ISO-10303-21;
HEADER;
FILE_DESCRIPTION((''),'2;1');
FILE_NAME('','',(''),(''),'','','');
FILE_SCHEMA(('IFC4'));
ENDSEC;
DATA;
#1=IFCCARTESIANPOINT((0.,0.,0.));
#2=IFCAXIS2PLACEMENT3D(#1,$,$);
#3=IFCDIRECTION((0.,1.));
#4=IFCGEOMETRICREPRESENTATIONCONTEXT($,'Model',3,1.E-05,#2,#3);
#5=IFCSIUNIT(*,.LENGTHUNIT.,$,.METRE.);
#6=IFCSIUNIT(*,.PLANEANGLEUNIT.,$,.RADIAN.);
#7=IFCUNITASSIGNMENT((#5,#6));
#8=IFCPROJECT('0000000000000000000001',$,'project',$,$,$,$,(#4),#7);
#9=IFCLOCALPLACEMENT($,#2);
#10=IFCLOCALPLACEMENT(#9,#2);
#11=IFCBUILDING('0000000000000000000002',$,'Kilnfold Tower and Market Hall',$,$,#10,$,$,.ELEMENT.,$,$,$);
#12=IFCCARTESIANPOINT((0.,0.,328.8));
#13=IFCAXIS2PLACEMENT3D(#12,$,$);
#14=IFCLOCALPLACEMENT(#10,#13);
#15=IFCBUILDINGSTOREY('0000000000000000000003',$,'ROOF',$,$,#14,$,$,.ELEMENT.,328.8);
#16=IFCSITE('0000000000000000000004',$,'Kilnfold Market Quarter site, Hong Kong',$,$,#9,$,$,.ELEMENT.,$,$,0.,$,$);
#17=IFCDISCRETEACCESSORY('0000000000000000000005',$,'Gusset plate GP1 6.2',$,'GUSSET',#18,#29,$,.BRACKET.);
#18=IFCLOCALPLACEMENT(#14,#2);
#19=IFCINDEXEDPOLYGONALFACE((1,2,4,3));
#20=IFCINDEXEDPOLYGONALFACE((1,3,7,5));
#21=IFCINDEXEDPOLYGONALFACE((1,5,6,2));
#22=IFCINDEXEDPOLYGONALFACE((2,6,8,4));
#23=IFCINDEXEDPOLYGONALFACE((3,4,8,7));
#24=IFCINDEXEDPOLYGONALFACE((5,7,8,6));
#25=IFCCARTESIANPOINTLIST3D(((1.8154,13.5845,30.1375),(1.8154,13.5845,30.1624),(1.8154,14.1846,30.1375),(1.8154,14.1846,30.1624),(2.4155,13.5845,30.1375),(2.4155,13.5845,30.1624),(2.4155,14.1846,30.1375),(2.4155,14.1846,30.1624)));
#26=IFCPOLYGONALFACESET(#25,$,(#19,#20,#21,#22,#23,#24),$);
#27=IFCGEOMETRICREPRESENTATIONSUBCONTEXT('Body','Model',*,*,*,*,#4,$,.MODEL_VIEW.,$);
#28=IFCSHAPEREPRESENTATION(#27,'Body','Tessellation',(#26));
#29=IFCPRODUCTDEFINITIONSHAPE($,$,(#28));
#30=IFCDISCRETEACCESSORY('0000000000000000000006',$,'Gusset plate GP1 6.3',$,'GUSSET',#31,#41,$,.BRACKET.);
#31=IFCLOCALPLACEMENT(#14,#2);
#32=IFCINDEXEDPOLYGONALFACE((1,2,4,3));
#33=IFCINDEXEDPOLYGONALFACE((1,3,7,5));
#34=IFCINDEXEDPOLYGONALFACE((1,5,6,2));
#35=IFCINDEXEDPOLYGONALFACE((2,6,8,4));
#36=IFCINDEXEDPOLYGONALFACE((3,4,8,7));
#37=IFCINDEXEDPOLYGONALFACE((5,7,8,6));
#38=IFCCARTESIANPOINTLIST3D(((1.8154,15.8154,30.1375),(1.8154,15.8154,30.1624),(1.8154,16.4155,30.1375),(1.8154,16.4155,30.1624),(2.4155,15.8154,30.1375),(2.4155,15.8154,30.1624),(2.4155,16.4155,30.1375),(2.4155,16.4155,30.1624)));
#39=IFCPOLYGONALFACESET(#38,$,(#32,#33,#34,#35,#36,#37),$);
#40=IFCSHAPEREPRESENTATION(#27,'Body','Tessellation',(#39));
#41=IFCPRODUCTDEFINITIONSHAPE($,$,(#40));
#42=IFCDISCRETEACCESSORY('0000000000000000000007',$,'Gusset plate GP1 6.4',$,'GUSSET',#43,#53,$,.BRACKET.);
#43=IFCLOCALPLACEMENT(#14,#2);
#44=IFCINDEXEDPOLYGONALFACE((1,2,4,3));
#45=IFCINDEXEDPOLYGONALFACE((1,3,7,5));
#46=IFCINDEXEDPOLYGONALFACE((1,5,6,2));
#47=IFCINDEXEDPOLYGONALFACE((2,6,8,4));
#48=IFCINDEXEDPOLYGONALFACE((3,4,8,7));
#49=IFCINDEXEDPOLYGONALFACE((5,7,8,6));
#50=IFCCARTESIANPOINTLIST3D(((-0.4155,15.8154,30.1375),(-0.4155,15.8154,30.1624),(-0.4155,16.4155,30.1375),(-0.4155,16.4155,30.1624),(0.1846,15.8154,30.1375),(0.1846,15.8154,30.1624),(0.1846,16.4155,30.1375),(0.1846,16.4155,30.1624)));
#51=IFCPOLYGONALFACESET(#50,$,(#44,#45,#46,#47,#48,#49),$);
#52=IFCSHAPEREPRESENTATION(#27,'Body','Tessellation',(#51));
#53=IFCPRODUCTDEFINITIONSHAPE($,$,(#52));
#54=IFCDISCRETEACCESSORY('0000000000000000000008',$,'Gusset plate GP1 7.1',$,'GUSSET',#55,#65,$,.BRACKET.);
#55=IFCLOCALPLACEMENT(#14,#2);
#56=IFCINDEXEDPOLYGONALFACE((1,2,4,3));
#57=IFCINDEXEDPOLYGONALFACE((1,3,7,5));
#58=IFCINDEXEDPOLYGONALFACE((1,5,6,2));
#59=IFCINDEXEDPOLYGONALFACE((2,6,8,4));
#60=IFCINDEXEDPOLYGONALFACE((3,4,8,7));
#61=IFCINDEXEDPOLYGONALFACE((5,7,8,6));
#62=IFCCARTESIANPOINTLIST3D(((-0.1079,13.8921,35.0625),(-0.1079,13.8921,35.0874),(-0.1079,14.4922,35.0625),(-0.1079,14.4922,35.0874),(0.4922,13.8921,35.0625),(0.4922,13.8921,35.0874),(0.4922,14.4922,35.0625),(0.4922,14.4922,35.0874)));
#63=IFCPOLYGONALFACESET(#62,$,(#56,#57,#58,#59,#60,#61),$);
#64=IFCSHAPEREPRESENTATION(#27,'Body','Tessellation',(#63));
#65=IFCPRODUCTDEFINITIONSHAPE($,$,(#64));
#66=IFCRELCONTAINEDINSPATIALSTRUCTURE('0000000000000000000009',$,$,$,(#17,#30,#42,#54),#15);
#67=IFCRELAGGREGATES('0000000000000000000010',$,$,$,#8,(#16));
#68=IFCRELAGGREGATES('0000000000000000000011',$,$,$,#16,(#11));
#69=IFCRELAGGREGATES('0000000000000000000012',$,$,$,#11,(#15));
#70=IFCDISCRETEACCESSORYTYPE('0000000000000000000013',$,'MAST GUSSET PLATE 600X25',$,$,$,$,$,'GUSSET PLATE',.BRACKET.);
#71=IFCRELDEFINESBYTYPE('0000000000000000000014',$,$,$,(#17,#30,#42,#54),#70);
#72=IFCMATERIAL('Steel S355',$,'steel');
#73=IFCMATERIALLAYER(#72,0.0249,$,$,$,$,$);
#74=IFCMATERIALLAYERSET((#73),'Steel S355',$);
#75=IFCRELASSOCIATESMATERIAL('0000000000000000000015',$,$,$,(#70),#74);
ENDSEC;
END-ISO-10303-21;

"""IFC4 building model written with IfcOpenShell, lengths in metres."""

from ifc_helpers import new_model, si_unit, direction, frame, origin, origin_2d, place, context, subcontext, project, spatial, rectangle, extrude, source, transform, mapped, material, layer, layer_set, type_object, element, save


model = new_model("IFC4")

# Units and contexts
model_context = context("Model", 3, precision=1e-05, world=origin(), true_north=direction((0.0, 1.0)))
body_context = subcontext(model_context, "Body", "Model", "MODEL_VIEW")
ifc_project = project(units=[si_unit("LENGTHUNIT", "METRE"), si_unit("PLANEANGLEUNIT", "RADIAN")], contexts=[model_context])

# Site, building, storey
site_placement = place(None, origin())
site = spatial("IfcSite", under=ifc_project, at=site_placement, Name="Kilnfold Market Quarter site, Hong Kong", CompositionType="ELEMENT", RefElevation=0.0)
building_placement = place(site_placement, origin())
building = spatial("IfcBuilding", under=site, at=building_placement, Name="Kilnfold Tower and Market Hall", CompositionType="ELEMENT")
storey_placement = place(building_placement, frame((0.0, 0.0, 328.8)))
storey = spatial("IfcBuildingStorey", under=building, at=storey_placement, Name="ROOF", CompositionType="ELEMENT", Elevation=328.8)

# Discrete accessories
ifc_material_1 = material(Name="Steel S355", Category="steel")
ifc_layer_1 = layer(ifc_material_1, 0.0249)
ifc_layer_set_1 = layer_set([ifc_layer_1], Name="Steel S355")
discrete_accessory_type_1 = type_object("IfcDiscreteAccessoryType", Name="MAST GUSSET PLATE 600X25", ElementType="GUSSET PLATE", PredefinedType="BRACKET", material=ifc_layer_set_1)
shared_shape_1 = source(origin(), body_context, "Body", "SweptSolid", [
    extrude(rectangle(XDim=0.6001, YDim=0.6001, at=origin_2d()), origin(), (0.0, 0.0, 1.0), 0.0249),
])
for number, where, z_axis, x_axis, name in (
    (1, (2.1155, 13.8845, 30.1375), (0.0, 0.0, 1.0), (1.0, 0.0, 0.0), "Gusset plate GP1 6.2"),
    (2, (2.1155, 16.1155, 30.1375), (0.0, 0.0, 1.0), (1.0, 0.0, 0.0), "Gusset plate GP1 6.3"),
    (3, (-0.1155, 16.1155, 30.1375), (0.0, 0.0, 1.0), (1.0, 0.0, 0.0), "Gusset plate GP1 6.4"),
    (4, (0.1921, 14.1921, 35.0625), (0.0, 0.0, 1.0), (1.0, 0.0, 0.0), "Gusset plate GP1 7.1"),
):
    element("IfcDiscreteAccessory", number, at=place(storey_placement, frame(where, z_axis=z_axis, x_axis=x_axis)), inside=storey, type_object=discrete_accessory_type_1, Name=name, ObjectType="GUSSET", PredefinedType="BRACKET", context=body_context, shape_type="MappedRepresentation", body=[
        mapped(shared_shape_1, transform((0.0, 0.0, 0.0))),
    ])

save(model, "model.ifc")
